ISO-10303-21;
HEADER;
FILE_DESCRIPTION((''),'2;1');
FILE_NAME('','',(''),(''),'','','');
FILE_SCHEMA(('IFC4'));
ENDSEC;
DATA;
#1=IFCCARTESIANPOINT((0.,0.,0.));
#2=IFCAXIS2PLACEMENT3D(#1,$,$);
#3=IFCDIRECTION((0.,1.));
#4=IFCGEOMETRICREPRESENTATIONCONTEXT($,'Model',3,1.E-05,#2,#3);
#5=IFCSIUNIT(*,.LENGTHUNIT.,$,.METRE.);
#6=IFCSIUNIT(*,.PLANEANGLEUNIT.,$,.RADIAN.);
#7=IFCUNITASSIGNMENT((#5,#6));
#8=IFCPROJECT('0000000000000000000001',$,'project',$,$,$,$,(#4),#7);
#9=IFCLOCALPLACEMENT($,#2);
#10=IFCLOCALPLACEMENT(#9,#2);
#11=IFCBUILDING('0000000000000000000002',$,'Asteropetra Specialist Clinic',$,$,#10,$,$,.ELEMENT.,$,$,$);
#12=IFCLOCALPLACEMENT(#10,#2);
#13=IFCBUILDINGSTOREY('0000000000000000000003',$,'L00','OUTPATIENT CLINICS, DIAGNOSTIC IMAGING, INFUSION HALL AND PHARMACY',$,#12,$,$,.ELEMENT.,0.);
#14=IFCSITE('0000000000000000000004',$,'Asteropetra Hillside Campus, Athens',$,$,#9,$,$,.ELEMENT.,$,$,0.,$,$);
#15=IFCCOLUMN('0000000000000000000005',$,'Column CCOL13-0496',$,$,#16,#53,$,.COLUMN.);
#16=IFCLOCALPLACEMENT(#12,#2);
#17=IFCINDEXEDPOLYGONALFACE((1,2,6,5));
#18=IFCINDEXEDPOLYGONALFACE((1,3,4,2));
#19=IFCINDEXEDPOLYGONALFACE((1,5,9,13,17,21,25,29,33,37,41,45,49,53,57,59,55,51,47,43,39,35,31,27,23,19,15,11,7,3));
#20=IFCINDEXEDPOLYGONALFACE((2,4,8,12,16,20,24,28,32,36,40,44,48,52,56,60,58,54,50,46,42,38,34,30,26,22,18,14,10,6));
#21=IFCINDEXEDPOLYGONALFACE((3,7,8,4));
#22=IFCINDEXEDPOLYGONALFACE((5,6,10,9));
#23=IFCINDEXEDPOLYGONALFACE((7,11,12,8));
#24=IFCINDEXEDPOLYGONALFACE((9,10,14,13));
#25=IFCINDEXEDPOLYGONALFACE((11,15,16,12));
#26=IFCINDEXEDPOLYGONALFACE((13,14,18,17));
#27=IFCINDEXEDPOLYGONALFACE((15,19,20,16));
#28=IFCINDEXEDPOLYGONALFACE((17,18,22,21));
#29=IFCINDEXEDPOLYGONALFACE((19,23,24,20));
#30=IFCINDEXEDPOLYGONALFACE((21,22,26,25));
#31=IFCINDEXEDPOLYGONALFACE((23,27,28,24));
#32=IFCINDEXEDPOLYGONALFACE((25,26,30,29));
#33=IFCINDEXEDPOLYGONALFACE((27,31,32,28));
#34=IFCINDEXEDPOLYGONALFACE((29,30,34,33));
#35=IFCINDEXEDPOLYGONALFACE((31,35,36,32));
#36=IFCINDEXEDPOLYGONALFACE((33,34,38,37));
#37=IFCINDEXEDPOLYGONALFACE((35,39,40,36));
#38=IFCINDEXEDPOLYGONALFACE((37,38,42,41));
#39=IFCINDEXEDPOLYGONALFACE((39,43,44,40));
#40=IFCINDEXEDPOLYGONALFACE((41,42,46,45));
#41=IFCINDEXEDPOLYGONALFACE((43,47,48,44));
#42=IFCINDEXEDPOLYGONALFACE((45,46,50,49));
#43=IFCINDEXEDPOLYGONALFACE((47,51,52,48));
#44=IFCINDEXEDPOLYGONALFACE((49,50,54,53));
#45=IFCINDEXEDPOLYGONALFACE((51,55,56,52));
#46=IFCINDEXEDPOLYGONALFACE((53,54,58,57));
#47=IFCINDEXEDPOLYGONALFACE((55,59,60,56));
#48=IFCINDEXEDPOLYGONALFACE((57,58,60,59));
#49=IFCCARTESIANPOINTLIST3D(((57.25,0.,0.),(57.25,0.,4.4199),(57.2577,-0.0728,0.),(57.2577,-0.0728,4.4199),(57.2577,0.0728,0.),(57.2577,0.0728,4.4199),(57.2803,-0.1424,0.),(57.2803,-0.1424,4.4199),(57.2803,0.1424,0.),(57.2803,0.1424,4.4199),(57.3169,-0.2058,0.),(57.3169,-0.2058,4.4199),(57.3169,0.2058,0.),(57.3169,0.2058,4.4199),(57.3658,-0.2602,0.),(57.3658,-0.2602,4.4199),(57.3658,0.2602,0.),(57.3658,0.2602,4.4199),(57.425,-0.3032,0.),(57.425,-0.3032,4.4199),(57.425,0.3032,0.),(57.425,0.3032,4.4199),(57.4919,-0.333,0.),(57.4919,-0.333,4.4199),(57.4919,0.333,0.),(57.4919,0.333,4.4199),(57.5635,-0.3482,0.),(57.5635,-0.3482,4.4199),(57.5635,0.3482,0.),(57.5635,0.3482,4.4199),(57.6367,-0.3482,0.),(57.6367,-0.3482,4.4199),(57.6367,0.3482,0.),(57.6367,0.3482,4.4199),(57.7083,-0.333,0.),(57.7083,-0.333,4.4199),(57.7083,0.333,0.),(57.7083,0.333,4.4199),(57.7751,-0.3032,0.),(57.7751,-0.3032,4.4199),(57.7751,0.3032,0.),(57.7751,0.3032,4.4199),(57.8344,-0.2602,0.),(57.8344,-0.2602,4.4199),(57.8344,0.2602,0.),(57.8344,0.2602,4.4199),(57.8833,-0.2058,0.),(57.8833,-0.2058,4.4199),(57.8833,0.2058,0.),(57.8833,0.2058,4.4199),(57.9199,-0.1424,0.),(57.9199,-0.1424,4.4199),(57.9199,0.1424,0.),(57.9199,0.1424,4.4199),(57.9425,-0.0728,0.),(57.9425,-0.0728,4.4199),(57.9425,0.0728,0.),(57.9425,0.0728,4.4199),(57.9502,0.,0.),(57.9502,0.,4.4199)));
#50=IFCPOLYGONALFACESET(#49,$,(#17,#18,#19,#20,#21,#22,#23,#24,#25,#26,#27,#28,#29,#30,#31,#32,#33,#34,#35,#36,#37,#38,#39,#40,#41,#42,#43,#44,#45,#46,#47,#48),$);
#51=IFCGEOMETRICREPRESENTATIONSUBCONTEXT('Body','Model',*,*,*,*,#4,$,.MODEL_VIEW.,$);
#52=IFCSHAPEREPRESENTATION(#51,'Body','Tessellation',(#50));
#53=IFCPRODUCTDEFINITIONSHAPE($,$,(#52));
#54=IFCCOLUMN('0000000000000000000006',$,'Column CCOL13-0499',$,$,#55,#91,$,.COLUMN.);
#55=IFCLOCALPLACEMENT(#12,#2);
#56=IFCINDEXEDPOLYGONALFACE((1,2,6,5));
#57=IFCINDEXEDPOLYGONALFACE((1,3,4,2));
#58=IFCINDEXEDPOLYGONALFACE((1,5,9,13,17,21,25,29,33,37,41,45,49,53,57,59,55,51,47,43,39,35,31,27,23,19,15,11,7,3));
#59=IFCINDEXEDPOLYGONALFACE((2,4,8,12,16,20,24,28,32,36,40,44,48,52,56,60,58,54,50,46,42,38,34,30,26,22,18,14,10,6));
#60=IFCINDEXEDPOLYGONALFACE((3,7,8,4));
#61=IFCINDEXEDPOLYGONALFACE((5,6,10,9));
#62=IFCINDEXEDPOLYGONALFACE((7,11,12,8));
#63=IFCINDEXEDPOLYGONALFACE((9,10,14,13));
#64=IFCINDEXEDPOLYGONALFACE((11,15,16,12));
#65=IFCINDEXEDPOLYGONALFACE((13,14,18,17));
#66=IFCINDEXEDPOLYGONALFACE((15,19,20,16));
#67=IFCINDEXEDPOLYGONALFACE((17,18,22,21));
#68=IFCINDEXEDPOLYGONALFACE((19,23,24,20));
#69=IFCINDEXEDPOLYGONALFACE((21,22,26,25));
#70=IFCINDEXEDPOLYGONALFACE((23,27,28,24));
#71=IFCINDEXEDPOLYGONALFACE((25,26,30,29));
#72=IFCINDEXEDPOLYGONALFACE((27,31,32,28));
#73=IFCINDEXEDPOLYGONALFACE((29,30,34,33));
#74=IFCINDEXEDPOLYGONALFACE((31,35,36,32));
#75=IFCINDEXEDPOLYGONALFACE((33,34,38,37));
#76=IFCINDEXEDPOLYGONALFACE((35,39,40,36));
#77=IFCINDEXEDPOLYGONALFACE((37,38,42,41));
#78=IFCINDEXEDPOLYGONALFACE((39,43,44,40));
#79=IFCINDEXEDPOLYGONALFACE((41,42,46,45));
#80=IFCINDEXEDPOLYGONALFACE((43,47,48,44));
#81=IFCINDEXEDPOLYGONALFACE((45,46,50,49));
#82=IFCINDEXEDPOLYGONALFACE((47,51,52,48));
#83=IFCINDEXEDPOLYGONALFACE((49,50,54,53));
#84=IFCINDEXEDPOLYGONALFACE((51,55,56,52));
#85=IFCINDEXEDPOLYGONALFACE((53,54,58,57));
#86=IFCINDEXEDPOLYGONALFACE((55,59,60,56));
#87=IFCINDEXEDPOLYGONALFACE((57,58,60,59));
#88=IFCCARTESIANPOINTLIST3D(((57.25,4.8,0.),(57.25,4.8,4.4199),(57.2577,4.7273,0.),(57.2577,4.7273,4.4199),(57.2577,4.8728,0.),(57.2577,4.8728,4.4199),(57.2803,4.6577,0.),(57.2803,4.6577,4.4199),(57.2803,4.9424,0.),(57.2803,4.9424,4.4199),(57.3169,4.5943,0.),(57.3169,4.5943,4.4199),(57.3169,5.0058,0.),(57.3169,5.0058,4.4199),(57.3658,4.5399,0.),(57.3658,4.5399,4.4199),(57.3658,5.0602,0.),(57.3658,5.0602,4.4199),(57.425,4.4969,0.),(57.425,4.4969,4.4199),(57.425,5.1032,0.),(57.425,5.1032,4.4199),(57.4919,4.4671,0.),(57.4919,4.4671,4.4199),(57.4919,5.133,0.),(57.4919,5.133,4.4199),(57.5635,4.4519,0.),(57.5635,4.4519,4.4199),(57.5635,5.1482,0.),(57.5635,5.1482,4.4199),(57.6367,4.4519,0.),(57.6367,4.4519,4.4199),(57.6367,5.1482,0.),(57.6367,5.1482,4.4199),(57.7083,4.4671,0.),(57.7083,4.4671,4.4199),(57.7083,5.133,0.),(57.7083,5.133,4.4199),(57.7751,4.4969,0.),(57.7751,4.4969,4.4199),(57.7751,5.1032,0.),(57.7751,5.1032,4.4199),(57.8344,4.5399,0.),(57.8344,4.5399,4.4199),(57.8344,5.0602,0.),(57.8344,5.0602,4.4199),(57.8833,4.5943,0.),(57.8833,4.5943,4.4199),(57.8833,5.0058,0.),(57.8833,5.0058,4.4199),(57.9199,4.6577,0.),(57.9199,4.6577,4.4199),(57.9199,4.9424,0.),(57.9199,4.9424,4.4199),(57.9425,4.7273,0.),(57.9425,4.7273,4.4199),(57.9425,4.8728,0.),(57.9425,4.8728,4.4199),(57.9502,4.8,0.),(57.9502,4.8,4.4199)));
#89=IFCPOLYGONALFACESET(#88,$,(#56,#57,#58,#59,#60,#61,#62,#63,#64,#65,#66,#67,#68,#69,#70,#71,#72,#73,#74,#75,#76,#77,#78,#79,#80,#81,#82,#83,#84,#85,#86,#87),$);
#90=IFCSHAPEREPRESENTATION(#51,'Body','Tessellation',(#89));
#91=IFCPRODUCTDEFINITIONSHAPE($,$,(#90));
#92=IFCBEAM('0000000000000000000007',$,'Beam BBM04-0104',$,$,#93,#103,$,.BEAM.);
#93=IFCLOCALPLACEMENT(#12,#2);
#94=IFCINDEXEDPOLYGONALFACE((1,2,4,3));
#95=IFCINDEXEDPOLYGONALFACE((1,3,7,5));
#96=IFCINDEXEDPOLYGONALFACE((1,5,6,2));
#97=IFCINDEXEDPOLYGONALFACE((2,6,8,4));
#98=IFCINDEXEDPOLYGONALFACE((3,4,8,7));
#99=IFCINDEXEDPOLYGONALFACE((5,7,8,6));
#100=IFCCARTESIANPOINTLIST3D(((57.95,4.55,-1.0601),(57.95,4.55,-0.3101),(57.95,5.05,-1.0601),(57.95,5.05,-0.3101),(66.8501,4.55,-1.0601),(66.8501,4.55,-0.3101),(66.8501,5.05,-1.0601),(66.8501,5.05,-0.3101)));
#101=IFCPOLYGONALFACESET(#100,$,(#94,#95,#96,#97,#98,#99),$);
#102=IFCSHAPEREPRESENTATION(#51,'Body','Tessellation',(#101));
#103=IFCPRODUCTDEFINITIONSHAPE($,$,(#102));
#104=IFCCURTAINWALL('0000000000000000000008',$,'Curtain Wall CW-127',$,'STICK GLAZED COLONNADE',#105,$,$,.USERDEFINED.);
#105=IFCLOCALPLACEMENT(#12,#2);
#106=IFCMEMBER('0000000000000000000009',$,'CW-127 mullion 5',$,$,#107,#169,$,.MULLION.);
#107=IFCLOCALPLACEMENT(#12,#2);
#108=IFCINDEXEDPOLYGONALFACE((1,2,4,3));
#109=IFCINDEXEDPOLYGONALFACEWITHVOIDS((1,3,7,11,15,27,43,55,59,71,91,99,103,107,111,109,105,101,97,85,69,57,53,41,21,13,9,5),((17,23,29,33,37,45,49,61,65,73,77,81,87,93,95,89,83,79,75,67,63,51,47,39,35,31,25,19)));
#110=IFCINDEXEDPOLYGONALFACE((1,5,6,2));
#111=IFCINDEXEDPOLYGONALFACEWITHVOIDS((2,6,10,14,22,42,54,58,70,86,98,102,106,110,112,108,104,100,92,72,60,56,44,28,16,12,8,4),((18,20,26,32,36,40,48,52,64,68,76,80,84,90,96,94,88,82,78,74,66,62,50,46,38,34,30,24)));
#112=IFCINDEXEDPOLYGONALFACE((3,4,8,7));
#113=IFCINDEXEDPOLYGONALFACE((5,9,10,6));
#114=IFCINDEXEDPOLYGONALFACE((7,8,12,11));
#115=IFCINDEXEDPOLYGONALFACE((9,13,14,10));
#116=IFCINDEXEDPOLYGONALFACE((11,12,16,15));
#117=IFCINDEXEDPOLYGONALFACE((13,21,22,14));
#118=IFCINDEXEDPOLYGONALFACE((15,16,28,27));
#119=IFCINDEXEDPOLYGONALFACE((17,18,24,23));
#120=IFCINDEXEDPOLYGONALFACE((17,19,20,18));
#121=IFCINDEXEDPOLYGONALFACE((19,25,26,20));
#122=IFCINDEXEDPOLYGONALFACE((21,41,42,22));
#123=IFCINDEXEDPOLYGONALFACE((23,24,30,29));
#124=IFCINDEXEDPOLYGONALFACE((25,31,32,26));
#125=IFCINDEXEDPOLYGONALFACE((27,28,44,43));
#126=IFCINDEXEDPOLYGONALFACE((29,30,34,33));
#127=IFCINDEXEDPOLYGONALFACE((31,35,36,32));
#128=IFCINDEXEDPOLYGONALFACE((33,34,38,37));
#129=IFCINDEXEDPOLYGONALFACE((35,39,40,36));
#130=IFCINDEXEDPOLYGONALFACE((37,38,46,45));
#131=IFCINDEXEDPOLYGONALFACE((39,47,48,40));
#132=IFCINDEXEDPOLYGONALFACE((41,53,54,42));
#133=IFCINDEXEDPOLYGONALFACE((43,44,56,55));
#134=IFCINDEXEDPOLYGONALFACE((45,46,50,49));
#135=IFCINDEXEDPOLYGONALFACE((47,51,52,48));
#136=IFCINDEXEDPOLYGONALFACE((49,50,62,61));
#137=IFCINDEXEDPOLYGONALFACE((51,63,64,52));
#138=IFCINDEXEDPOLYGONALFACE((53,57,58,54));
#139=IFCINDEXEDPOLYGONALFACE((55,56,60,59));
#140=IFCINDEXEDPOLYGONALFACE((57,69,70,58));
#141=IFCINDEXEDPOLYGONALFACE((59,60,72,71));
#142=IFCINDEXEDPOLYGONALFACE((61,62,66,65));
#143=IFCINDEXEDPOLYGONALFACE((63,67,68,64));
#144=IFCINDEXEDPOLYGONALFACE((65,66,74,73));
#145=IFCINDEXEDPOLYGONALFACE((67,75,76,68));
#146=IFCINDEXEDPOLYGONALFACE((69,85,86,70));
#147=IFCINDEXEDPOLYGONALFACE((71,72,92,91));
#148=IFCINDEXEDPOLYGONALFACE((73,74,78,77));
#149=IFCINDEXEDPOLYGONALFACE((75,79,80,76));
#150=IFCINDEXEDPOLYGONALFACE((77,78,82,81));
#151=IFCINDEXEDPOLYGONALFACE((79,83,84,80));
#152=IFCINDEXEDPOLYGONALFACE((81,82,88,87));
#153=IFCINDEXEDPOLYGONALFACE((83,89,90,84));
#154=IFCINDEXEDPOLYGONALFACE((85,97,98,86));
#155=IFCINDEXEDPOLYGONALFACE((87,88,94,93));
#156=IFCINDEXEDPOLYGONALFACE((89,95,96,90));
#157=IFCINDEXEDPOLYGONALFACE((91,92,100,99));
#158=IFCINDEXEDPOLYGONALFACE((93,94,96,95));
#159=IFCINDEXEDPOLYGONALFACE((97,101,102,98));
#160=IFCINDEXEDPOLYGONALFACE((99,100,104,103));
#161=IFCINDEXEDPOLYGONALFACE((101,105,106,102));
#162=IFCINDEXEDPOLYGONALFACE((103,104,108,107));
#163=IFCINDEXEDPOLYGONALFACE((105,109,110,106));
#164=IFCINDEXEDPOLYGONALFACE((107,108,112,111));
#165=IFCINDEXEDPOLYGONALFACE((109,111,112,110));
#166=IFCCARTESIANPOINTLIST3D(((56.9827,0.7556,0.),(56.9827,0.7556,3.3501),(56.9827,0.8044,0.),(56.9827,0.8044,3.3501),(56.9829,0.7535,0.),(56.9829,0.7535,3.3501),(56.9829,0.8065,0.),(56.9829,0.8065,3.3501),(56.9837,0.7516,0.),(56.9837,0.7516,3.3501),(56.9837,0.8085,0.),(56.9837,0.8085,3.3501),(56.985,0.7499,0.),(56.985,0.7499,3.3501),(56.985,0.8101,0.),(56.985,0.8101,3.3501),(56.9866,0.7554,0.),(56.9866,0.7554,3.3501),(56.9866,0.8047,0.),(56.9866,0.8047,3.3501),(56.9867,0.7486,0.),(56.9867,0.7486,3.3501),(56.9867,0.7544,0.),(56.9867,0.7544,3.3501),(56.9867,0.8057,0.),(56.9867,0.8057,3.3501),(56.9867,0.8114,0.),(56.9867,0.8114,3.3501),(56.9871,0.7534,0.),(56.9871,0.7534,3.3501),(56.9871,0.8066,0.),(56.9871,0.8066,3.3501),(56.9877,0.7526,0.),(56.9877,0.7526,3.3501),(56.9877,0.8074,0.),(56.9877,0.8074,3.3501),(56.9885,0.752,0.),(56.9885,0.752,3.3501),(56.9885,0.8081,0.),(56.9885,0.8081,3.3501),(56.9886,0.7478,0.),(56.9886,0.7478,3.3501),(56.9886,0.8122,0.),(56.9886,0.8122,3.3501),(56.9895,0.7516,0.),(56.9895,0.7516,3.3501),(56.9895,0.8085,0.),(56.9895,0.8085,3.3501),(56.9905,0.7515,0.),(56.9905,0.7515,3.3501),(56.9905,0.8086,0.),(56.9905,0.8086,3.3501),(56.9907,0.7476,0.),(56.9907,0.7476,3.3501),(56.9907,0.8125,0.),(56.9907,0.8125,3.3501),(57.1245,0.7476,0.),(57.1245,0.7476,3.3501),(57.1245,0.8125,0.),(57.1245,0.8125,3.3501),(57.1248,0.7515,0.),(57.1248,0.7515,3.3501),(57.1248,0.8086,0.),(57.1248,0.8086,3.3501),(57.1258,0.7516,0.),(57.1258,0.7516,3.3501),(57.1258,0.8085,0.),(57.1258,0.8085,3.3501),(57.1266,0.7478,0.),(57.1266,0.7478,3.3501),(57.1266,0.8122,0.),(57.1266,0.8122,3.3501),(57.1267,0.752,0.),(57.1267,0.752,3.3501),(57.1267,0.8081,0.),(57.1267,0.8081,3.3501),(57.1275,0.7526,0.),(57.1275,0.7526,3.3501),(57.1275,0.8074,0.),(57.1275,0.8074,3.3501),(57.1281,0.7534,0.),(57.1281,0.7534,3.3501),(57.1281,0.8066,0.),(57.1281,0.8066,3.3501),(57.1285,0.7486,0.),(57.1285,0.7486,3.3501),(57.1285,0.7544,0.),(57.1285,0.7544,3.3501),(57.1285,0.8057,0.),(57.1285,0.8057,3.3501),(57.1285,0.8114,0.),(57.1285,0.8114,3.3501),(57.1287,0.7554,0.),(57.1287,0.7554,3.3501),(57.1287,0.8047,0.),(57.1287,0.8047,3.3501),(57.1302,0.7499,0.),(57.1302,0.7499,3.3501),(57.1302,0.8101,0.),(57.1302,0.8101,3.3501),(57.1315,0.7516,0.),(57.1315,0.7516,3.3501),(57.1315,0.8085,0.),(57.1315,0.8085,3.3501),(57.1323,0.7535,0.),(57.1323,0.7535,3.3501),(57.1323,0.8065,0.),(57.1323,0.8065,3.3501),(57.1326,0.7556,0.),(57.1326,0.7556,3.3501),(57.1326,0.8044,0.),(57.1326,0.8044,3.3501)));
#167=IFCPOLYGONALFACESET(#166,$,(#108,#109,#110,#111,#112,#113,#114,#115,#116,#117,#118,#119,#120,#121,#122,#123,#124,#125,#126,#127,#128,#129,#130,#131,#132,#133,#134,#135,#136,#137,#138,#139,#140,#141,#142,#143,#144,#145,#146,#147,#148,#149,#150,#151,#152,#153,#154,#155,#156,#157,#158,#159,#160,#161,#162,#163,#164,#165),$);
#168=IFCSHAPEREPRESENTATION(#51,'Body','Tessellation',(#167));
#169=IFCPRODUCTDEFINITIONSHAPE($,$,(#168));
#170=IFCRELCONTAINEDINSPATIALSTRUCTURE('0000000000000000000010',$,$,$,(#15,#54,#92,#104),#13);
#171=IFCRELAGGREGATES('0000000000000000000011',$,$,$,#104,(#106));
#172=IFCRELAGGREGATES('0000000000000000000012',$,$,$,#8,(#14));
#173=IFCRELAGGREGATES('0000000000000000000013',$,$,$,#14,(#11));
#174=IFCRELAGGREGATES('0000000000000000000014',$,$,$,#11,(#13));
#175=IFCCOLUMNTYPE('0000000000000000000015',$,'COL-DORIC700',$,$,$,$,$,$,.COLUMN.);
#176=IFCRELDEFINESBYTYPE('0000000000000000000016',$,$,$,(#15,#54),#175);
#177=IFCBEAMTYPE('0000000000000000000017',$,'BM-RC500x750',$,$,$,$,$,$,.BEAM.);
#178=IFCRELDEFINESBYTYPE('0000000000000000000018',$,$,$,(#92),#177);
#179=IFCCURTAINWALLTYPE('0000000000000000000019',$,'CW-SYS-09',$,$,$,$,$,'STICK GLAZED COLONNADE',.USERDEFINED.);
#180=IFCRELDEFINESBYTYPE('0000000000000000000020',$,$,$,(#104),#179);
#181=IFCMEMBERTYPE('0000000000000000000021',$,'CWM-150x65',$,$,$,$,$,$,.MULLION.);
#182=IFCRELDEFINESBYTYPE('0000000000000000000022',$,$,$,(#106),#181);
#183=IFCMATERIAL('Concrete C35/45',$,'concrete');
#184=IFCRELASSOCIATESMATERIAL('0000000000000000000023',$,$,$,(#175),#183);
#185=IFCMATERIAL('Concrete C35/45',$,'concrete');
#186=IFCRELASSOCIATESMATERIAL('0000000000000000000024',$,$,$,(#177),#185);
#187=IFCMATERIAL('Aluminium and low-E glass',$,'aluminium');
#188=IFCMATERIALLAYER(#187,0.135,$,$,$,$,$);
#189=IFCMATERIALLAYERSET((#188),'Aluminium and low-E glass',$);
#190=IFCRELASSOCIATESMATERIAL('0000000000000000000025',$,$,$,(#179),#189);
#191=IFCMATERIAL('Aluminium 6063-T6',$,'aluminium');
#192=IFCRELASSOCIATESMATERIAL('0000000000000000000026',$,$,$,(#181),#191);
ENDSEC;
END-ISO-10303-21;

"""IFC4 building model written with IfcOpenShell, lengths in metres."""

from ifc_helpers import new_model, si_unit, direction, frame, origin, origin_2d, place, context, subcontext, project, spatial, rectangle, hollow_rectangle, circle, extrude, material, layer, layer_set, material_profile, profile_set, type_object, element, aggregate, save


model = new_model("IFC4")

# Units and contexts
model_context = context("Model", 3, precision=1e-05, world=origin(), true_north=direction((0.0, 1.0)))
body_context = subcontext(model_context, "Body", "Model", "MODEL_VIEW")
ifc_project = project(units=[si_unit("LENGTHUNIT", "METRE"), si_unit("PLANEANGLEUNIT", "RADIAN")], contexts=[model_context])

# Site, building, storey
site_placement = place(None, origin())
site = spatial("IfcSite", under=ifc_project, at=site_placement, Name="Asteropetra Hillside Campus, Athens", CompositionType="ELEMENT", RefElevation=0.0)
building_placement = place(site_placement, origin())
building = spatial("IfcBuilding", under=site, at=building_placement, Name="Asteropetra Specialist Clinic", CompositionType="ELEMENT")
storey_placement = place(building_placement, origin())
storey = spatial("IfcBuildingStorey", under=building, at=storey_placement, Name="L00", Description="OUTPATIENT CLINICS, DIAGNOSTIC IMAGING, INFUSION HALL AND PHARMACY", CompositionType="ELEMENT", Elevation=0.0)

# Columns
ifc_material_1 = material(Name="Concrete C35/45", Category="concrete")
ifc_material_profile_1 = material_profile(ifc_material_1, circle(Radius=0.3501, at=origin_2d()), Name="RCC D700")
ifc_profile_set_1 = profile_set([ifc_material_profile_1], Name="Concrete C35/45")
column_type = type_object("IfcColumnType", Name="COL-DORIC700", PredefinedType="COLUMN", material=ifc_profile_set_1)
for number, where, z_axis, x_axis, name in (
    (1, (57.6001, 0.0, 0.0), (0.0, 0.0, 1.0), (1.0, 0.0, 0.0), "Column CCOL13-0496"),
    (2, (57.6001, 4.8, 0.0), (0.0, 0.0, 1.0), (1.0, 0.0, 0.0), "Column CCOL13-0499"),
):
    element("IfcColumn", number, at=place(storey_placement, frame(where, z_axis=z_axis, x_axis=x_axis)), inside=storey, type_object=column_type, Name=name, PredefinedType="COLUMN", context=body_context, shape_type="SweptSolid", body=[
        extrude(circle(Radius=0.3501, at=origin_2d()), origin(), (0.0, 0.0, 1.0), 4.4199),
    ])

# Beam
ifc_material_2 = material(Name="Concrete C35/45", Category="concrete")
ifc_material_profile_2 = material_profile(ifc_material_2, rectangle(XDim=0.5, YDim=0.75, at=origin_2d()), Name="RCB 500x750")
ifc_profile_set_2 = profile_set([ifc_material_profile_2], Name="Concrete C35/45")
beam_type_1 = type_object("IfcBeamType", Name="BM-RC500x750", PredefinedType="BEAM", material=ifc_profile_set_2)
beam_1_placement = place(storey_placement, frame((57.95, 4.8, -0.6851), z_axis=(1.0, 0.0, 0.0), x_axis=(0.0, 1.0, 0.0)))
element("IfcBeam", 3, at=beam_1_placement, inside=storey, type_object=beam_type_1, Name="Beam BBM04-0104", PredefinedType="BEAM", context=body_context, shape_type="SweptSolid", body=[
    extrude(rectangle(XDim=0.5, YDim=0.75, at=origin_2d()), origin(), (0.0, 0.0, 1.0), 8.9001),
])

# Curtain wall, member
ifc_material_3 = material(Name="Aluminium and low-E glass", Category="aluminium")
ifc_layer_1 = layer(ifc_material_3, 0.135)
ifc_layer_set_1 = layer_set([ifc_layer_1], Name="Aluminium and low-E glass")
curtain_wall_type_1 = type_object("IfcCurtainWallType", Name="CW-SYS-09", ElementType="STICK GLAZED COLONNADE", PredefinedType="USERDEFINED", material=ifc_layer_set_1)
curtain_wall_1_placement = place(storey_placement, origin())
curtain_wall_1 = element("IfcCurtainWall", 4, at=curtain_wall_1_placement, inside=storey, type_object=curtain_wall_type_1, Name="Curtain Wall CW-127", ObjectType="STICK GLAZED COLONNADE", PredefinedType="USERDEFINED")
ifc_material_4 = material(Name="Aluminium 6063-T6", Category="aluminium")
ifc_material_profile_3 = material_profile(ifc_material_4, hollow_rectangle(XDim=0.0649, YDim=0.1499, WallThickness=0.0039, InnerFilletRadius=0.0039, OuterFilletRadius=0.0081, at=origin_2d()), Name="MUL 150x65x4.0")
ifc_profile_set_3 = profile_set([ifc_material_profile_3], Name="Aluminium 6063-T6")
member_type_1 = type_object("IfcMemberType", Name="CWM-150x65", PredefinedType="MULLION", material=ifc_profile_set_3)
member_1_placement = place(storey_placement, frame((57.0576, 0.78, 0.0), z_axis=(0.0, 0.0, 1.0), x_axis=(0.0, 1.0, 0.0)))
member_1 = element("IfcMember", 5, at=member_1_placement, type_object=member_type_1, Name="CW-127 mullion 5", PredefinedType="MULLION", context=body_context, shape_type="SweptSolid", body=[
    extrude(hollow_rectangle(XDim=0.0649, YDim=0.1499, WallThickness=0.0039, InnerFilletRadius=0.0039, OuterFilletRadius=0.0081, at=origin_2d()), origin(), (0.0, 0.0, 1.0), 3.3501),
])
aggregate(curtain_wall_1, [member_1])

save(model, "model.ifc")
